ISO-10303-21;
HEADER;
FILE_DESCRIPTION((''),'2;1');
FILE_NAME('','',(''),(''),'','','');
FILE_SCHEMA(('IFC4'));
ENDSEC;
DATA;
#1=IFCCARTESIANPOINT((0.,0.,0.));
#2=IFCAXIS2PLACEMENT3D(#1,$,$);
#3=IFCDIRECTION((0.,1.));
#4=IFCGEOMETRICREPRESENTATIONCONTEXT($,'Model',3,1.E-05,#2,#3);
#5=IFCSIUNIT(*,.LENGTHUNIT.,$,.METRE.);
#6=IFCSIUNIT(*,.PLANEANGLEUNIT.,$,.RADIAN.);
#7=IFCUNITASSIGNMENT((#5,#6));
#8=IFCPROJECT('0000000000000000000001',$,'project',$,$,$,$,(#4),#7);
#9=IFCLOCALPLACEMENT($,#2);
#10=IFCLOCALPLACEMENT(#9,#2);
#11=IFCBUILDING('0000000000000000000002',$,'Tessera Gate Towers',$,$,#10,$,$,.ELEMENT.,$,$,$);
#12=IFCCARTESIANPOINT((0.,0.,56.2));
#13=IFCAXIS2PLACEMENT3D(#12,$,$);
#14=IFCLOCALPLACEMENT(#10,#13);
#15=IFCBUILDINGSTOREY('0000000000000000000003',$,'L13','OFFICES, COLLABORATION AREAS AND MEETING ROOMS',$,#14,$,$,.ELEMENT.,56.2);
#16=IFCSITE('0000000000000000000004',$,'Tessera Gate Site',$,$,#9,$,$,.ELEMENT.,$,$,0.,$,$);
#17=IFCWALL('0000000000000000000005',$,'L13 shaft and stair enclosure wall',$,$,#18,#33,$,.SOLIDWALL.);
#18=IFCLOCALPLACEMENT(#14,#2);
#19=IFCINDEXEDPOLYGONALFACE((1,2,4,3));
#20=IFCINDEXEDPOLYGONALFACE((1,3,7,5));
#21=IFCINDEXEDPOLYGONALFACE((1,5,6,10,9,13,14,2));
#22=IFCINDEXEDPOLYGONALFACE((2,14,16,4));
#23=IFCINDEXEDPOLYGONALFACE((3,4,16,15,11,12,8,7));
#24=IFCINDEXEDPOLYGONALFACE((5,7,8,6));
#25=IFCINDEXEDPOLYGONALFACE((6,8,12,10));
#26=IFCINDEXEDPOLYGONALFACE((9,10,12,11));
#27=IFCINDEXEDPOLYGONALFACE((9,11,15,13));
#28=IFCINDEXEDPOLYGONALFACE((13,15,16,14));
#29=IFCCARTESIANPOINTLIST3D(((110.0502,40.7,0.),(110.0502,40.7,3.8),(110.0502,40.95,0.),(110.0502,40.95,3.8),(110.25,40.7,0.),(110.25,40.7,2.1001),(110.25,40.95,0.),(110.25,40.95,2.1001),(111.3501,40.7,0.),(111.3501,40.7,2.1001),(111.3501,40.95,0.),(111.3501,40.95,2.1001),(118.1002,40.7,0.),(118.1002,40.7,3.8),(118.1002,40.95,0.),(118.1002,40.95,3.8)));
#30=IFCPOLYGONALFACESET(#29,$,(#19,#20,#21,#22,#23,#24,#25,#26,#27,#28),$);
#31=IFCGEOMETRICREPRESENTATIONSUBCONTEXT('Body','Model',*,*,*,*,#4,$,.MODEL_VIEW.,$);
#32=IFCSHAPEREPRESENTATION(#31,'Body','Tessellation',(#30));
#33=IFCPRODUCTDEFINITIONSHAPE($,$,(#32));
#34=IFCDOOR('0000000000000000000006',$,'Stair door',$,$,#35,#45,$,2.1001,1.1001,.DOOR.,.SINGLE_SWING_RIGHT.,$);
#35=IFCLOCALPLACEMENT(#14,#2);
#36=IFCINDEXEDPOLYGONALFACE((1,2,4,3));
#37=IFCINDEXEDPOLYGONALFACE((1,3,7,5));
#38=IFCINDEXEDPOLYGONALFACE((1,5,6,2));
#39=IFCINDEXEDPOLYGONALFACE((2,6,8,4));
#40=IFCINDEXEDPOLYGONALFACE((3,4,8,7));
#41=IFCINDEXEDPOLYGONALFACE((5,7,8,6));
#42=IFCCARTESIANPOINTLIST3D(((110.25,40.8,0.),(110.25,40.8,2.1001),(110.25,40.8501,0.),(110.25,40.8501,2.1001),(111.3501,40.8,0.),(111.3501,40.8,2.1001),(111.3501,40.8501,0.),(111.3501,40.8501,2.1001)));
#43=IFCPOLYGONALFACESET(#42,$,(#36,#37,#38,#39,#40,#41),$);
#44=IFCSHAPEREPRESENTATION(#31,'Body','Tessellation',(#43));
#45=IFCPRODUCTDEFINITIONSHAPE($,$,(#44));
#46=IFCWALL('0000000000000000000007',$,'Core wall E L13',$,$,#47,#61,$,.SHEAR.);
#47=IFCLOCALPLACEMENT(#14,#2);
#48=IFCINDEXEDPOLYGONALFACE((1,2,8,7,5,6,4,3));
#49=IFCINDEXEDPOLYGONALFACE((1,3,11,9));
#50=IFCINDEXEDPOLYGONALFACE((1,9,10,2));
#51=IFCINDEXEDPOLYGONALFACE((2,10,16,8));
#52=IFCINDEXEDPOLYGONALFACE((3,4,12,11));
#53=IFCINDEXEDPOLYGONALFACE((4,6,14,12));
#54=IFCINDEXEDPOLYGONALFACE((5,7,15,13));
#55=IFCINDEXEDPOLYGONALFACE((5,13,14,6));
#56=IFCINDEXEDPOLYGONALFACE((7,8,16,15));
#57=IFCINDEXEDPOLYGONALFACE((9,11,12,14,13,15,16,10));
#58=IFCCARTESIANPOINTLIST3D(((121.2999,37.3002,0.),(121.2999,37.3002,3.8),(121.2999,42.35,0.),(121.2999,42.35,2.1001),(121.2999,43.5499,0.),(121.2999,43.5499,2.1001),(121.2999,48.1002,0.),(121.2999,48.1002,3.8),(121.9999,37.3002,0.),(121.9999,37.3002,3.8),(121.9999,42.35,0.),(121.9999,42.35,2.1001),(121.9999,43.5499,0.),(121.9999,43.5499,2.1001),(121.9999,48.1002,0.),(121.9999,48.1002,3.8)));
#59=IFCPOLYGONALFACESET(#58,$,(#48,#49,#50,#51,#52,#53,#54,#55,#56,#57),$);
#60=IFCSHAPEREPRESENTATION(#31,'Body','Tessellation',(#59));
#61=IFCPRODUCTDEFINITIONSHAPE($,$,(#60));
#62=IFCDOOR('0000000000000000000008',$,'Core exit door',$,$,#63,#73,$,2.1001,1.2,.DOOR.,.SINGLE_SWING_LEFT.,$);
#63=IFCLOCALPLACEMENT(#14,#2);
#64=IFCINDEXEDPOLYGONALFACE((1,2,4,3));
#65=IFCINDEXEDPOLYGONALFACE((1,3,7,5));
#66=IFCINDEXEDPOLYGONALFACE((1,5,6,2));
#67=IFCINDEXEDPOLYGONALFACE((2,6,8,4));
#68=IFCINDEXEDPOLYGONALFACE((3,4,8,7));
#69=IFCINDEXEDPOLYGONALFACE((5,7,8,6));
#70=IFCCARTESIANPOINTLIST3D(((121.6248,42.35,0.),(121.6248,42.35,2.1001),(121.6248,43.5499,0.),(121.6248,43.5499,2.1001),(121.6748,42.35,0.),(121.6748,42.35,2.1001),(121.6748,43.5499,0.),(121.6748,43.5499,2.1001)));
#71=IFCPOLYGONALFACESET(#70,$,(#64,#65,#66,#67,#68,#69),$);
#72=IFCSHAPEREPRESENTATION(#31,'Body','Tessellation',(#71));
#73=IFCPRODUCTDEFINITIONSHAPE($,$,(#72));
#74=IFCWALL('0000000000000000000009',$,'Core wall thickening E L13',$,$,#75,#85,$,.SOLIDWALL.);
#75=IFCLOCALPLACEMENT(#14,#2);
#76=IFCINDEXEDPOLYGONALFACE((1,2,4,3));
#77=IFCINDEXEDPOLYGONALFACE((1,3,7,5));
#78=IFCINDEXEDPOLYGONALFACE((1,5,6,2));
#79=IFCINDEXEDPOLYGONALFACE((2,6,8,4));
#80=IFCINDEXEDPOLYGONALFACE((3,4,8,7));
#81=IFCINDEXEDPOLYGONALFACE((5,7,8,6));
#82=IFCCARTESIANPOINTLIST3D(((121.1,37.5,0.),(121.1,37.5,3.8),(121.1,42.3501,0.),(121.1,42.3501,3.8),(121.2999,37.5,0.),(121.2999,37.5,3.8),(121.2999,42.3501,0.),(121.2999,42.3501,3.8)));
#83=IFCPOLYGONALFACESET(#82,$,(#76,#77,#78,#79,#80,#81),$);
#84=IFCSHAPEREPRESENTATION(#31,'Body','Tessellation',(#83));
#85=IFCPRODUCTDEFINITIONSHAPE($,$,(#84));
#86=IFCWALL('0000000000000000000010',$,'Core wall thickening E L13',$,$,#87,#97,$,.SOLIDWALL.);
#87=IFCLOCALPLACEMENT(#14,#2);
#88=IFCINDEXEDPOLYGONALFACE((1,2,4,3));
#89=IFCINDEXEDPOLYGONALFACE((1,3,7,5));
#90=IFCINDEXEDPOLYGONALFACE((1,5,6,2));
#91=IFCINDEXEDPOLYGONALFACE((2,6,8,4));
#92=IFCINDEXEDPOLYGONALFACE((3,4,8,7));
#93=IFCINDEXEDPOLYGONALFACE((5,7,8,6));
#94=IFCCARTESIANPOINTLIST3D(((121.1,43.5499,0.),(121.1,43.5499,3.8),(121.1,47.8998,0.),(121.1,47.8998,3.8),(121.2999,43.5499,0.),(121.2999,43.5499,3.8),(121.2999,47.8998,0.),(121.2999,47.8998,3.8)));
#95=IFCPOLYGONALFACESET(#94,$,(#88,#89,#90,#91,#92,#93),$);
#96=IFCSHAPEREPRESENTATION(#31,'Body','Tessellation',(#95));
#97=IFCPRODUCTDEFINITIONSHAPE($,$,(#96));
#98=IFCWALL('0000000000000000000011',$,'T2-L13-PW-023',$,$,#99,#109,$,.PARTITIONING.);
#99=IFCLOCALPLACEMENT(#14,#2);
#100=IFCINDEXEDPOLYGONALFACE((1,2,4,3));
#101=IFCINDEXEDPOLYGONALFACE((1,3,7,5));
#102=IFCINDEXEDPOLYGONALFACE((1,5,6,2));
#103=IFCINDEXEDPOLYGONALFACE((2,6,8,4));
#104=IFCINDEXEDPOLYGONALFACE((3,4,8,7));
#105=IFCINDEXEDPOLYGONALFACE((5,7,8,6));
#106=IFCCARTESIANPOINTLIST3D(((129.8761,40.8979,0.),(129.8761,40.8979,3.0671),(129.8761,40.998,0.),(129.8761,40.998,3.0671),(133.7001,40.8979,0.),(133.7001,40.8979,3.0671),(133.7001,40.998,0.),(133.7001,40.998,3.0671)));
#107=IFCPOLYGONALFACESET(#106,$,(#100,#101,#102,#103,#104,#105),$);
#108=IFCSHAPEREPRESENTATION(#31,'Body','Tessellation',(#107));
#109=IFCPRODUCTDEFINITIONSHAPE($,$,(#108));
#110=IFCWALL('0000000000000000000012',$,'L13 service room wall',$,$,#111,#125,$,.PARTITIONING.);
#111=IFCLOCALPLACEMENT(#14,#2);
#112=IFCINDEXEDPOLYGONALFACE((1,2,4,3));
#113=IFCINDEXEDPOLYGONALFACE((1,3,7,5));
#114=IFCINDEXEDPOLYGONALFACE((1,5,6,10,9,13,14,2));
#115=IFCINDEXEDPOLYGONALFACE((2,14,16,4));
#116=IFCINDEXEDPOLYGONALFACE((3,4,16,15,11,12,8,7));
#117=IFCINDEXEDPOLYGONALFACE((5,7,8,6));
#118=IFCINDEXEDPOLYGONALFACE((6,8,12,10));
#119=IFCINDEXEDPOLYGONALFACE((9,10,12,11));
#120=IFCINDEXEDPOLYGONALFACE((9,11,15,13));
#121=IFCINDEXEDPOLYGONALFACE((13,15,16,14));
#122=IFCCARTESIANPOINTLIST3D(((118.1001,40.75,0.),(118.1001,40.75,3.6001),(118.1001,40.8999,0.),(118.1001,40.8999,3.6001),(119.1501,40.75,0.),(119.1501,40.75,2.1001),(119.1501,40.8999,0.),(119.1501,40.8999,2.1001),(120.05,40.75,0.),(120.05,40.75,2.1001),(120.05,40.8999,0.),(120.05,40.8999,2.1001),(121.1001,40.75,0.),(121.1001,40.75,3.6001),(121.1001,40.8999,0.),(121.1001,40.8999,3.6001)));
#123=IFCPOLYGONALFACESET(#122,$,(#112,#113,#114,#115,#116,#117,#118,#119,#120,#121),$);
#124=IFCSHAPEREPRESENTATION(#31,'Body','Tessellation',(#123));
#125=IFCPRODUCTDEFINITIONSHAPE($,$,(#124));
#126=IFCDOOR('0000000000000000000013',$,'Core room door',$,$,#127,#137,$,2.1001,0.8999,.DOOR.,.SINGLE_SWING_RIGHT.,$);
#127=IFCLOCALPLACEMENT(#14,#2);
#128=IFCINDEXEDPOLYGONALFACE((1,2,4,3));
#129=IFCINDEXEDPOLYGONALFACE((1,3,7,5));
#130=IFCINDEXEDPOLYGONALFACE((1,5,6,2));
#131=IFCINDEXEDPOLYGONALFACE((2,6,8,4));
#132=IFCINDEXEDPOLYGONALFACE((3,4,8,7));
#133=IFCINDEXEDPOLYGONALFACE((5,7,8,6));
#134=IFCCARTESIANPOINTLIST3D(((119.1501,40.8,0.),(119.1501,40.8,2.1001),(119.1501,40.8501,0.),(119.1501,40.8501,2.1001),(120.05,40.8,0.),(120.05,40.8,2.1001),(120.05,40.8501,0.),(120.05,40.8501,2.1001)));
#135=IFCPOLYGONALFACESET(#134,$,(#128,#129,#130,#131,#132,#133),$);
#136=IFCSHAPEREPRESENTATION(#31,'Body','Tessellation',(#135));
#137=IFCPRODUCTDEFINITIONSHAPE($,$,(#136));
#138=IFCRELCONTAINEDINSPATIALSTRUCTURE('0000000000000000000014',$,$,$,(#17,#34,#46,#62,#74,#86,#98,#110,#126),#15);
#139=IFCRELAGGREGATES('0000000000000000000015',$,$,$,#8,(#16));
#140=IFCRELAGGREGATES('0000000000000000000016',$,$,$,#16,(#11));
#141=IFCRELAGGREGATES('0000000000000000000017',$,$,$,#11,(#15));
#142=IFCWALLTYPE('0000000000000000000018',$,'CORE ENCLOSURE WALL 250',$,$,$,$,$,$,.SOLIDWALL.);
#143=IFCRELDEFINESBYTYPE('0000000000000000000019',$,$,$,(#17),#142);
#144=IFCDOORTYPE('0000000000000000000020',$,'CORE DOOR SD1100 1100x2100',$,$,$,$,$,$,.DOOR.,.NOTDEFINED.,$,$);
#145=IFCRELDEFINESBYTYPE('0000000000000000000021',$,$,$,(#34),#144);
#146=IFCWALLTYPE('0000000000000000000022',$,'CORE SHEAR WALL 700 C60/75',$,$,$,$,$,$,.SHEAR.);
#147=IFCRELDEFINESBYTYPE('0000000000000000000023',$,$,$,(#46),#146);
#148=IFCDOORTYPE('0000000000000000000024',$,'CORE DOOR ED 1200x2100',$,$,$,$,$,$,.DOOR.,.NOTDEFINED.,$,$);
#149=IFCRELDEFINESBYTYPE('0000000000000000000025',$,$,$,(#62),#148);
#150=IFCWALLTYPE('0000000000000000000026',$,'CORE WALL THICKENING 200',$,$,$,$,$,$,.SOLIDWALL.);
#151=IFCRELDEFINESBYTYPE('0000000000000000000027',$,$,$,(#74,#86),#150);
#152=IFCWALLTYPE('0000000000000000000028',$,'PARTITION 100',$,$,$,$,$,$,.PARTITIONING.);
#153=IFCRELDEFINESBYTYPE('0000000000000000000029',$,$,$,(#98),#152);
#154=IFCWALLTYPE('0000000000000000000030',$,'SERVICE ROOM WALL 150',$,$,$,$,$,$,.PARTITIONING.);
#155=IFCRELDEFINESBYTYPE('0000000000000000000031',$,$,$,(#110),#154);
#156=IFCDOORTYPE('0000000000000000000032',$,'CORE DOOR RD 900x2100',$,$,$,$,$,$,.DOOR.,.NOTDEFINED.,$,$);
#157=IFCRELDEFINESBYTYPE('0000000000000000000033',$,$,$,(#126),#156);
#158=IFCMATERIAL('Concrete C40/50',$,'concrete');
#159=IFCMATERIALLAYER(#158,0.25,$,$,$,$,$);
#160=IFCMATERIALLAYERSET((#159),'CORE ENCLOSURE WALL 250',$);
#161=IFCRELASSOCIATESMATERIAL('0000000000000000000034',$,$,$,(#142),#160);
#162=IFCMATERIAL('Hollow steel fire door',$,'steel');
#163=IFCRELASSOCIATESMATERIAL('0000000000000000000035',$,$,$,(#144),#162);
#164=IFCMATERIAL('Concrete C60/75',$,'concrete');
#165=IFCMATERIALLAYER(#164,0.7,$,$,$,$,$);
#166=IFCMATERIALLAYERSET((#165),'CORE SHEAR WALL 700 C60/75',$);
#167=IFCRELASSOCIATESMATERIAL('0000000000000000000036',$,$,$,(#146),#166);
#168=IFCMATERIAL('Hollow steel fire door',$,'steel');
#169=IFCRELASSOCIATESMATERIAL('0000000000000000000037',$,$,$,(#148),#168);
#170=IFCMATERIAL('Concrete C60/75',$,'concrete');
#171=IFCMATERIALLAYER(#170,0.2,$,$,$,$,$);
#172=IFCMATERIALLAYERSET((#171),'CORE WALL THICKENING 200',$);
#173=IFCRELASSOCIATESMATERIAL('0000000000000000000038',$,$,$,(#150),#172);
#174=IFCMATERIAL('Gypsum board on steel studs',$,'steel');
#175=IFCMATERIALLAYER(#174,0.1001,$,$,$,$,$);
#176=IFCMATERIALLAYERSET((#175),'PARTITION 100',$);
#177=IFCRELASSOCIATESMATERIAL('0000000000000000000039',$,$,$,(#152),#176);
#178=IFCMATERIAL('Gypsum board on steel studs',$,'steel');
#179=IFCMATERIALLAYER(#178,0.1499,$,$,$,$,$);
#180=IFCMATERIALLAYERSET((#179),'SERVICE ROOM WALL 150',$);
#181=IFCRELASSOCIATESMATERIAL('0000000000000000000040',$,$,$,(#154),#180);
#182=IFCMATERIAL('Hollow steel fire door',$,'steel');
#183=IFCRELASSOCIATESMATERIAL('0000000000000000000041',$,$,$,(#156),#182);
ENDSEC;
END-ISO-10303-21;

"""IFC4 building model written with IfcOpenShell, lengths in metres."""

from ifc_helpers import new_model, si_unit, direction, frame, frame_2d, origin, place, context, subcontext, project, spatial, rectangle, extrude, source, transform, mapped, material, layer, layer_set, type_object, element, fill, save


model = new_model("IFC4")

# Units and contexts
model_context = context("Model", 3, precision=1e-05, world=origin(), true_north=direction((0.0, 1.0)))
body_context = subcontext(model_context, "Body", "Model", "MODEL_VIEW")
ifc_project = project(units=[si_unit("LENGTHUNIT", "METRE"), si_unit("PLANEANGLEUNIT", "RADIAN")], contexts=[model_context])

# Site, building, storey
site_placement = place(None, origin())
site = spatial("IfcSite", under=ifc_project, at=site_placement, Name="Tessera Gate Site", CompositionType="ELEMENT", RefElevation=0.0)
building_placement = place(site_placement, origin())
building = spatial("IfcBuilding", under=site, at=building_placement, Name="Tessera Gate Towers", CompositionType="ELEMENT")
storey_placement = place(building_placement, frame((0.0, 0.0, 56.2)))
storey = spatial("IfcBuildingStorey", under=building, at=storey_placement, Name="L13", Description="OFFICES, COLLABORATION AREAS AND MEETING ROOMS", CompositionType="ELEMENT", Elevation=56.2)

# Walls, openings, doors
ifc_material_1 = material(Name="Concrete C40/50", Category="concrete")
ifc_layer_1 = layer(ifc_material_1, 0.25)
ifc_layer_set_1 = layer_set([ifc_layer_1], Name="CORE ENCLOSURE WALL 250")
wall_type_1 = type_object("IfcWallType", Name="CORE ENCLOSURE WALL 250", PredefinedType="SOLIDWALL", material=ifc_layer_set_1)
wall_1_placement = place(storey_placement, frame((118.1001, 40.825, 0.0), z_axis=(0.0, 0.0, 1.0), x_axis=(-1.0, 0.0, 0.0)))
wall_1 = element("IfcWall", 1, at=wall_1_placement, inside=storey, type_object=wall_type_1, Name="L13 shaft and stair enclosure wall", PredefinedType="SOLIDWALL", context=body_context, shape_type="SweptSolid", body=[
    extrude(rectangle(XDim=8.05, YDim=0.25, at=frame_2d((4.0249, 0.0))), origin(), (0.0, 0.0, 1.0), 3.8),
])
shared_shape_1 = source(origin(), body_context, "Body", "SweptSolid", [
    extrude(rectangle(XDim=1.1001, YDim=2.1001, at=frame_2d((0.55, 1.05))), frame((0.0, 0.135, 0.0), z_axis=(0.0, -1.0, 0.0), x_axis=(1.0, 0.0, 0.0)), (0.0, 0.0, 1.0), 0.27),
])
opening_1_placement = place(wall_1_placement, frame((6.75, 0.0, 0.0)))
opening_1 = element("IfcOpeningElement", 2, at=opening_1_placement, cuts=wall_1, PredefinedType="OPENING", context=body_context, shape_type="MappedRepresentation", body=[
    mapped(shared_shape_1, transform((0.0, 0.0, 0.0), scale=1.0)),
])
ifc_material_2 = material(Name="Hollow steel fire door", Category="steel")
door_type_1 = type_object("IfcDoorType", Name="CORE DOOR SD1100 1100x2100", OperationType="NOTDEFINED", PredefinedType="DOOR", material=ifc_material_2)
shared_shape_2 = source(origin(), body_context, "Body", "SweptSolid", [
    extrude(rectangle(XDim=1.1001, YDim=2.1001, at=frame_2d((0.55, 1.05))), frame((0.0, 0.0249, 0.0), z_axis=(0.0, -1.0, 0.0), x_axis=(1.0, 0.0, 0.0)), (0.0, 0.0, 1.0), 0.05),
])
door_1_placement = place(opening_1_placement, origin())
door_1 = element("IfcDoor", 3, at=door_1_placement, inside=storey, type_object=door_type_1, Name="Stair door", OperationType="SINGLE_SWING_RIGHT", OverallHeight=2.1001, OverallWidth=1.1001, PredefinedType="DOOR", context=body_context, shape_type="MappedRepresentation", body=[
    mapped(shared_shape_2, transform((0.0, 0.0, 0.0), scale=1.0)),
])
fill(opening_1, door_1)
ifc_material_3 = material(Name="Concrete C60/75", Category="concrete")
ifc_layer_2 = layer(ifc_material_3, 0.7)
ifc_layer_set_2 = layer_set([ifc_layer_2], Name="CORE SHEAR WALL 700 C60/75")
wall_type_2 = type_object("IfcWallType", Name="CORE SHEAR WALL 700 C60/75", PredefinedType="SHEAR", material=ifc_layer_set_2)
wall_2_placement = place(storey_placement, frame((121.6499, 48.1001, 0.0), z_axis=(0.0, 0.0, 1.0), x_axis=(0.0, -1.0, 0.0)))
wall_2 = element("IfcWall", 4, at=wall_2_placement, inside=storey, type_object=wall_type_2, Name="Core wall E L13", PredefinedType="SHEAR", context=body_context, shape_type="SweptSolid", body=[
    extrude(rectangle(XDim=10.8, YDim=0.7, at=frame_2d((5.3999, 0.0))), origin(), (0.0, 0.0, 1.0), 3.8),
])
shared_shape_3 = source(origin(), body_context, "Body", "SweptSolid", [
    extrude(rectangle(XDim=1.2, YDim=2.1001, at=frame_2d((0.6001, 1.05))), frame((0.0, 0.3599, 0.0), z_axis=(0.0, -1.0, 0.0), x_axis=(1.0, 0.0, 0.0)), (0.0, 0.0, 1.0), 0.72),
])
opening_2_placement = place(wall_2_placement, frame((4.55, 0.0, 0.0)))
opening_2 = element("IfcOpeningElement", 5, at=opening_2_placement, cuts=wall_2, PredefinedType="OPENING", context=body_context, shape_type="MappedRepresentation", body=[
    mapped(shared_shape_3, transform((0.0, 0.0, 0.0), scale=1.0)),
])
ifc_material_4 = material(Name="Hollow steel fire door", Category="steel")
door_type_2 = type_object("IfcDoorType", Name="CORE DOOR ED 1200x2100", OperationType="NOTDEFINED", PredefinedType="DOOR", material=ifc_material_4)
shared_shape_4 = source(origin(), body_context, "Body", "SweptSolid", [
    extrude(rectangle(XDim=1.2, YDim=2.1001, at=frame_2d((0.6001, 1.05))), frame((0.0, 0.0249, 0.0), z_axis=(0.0, -1.0, 0.0), x_axis=(1.0, 0.0, 0.0)), (0.0, 0.0, 1.0), 0.05),
])
door_2_placement = place(opening_2_placement, origin())
door_2 = element("IfcDoor", 6, at=door_2_placement, inside=storey, type_object=door_type_2, Name="Core exit door", OperationType="SINGLE_SWING_LEFT", OverallHeight=2.1001, OverallWidth=1.2, PredefinedType="DOOR", context=body_context, shape_type="MappedRepresentation", body=[
    mapped(shared_shape_4, transform((0.0, 0.0, 0.0), scale=1.0)),
])
fill(opening_2, door_2)

# Walls
ifc_material_5 = material(Name="Concrete C60/75", Category="concrete")
ifc_layer_3 = layer(ifc_material_5, 0.2)
ifc_layer_set_3 = layer_set([ifc_layer_3], Name="CORE WALL THICKENING 200")
wall_type_3 = type_object("IfcWallType", Name="CORE WALL THICKENING 200", PredefinedType="SOLIDWALL", material=ifc_layer_set_3)
wall_3_placement = place(storey_placement, frame((121.2, 37.5, 0.0), z_axis=(0.0, 0.0, 1.0), x_axis=(0.0, 1.0, 0.0)))
element("IfcWall", 7, at=wall_3_placement, inside=storey, type_object=wall_type_3, Name="Core wall thickening E L13", PredefinedType="SOLIDWALL", context=body_context, shape_type="SweptSolid", body=[
    extrude(rectangle(XDim=4.8501, YDim=0.2, at=frame_2d((2.425, 0.0))), origin(), (0.0, 0.0, 1.0), 3.8),
])
wall_4_placement = place(storey_placement, frame((121.2, 43.55, 0.0), z_axis=(0.0, 0.0, 1.0), x_axis=(0.0, 1.0, 0.0)))
element("IfcWall", 8, at=wall_4_placement, inside=storey, type_object=wall_type_3, Name="Core wall thickening E L13", PredefinedType="SOLIDWALL", context=body_context, shape_type="SweptSolid", body=[
    extrude(rectangle(XDim=4.3499, YDim=0.2, at=frame_2d((2.1748, 0.0))), origin(), (0.0, 0.0, 1.0), 3.8),
])
ifc_material_6 = material(Name="Gypsum board on steel studs", Category="steel")
ifc_layer_4 = layer(ifc_material_6, 0.1001)
ifc_layer_set_4 = layer_set([ifc_layer_4], Name="PARTITION 100")
wall_type_4 = type_object("IfcWallType", Name="PARTITION 100", PredefinedType="PARTITIONING", material=ifc_layer_set_4)
wall_5_placement = place(storey_placement, frame((129.876, 40.948, 0.0), z_axis=(0.0, 0.0, 1.0), x_axis=(1.0, 0.0, 0.0)))
element("IfcWall", 9, at=wall_5_placement, inside=storey, type_object=wall_type_4, Name="T2-L13-PW-023", PredefinedType="PARTITIONING", context=body_context, shape_type="SweptSolid", body=[
    extrude(rectangle(XDim=3.824, YDim=0.1001, at=frame_2d((1.9121, 0.0))), origin(), (0.0, 0.0, 1.0), 3.0671),
])

# Wall, opening, door
ifc_material_7 = material(Name="Gypsum board on steel studs", Category="steel")
ifc_layer_5 = layer(ifc_material_7, 0.1499)
ifc_layer_set_5 = layer_set([ifc_layer_5], Name="SERVICE ROOM WALL 150")
wall_type_5 = type_object("IfcWallType", Name="SERVICE ROOM WALL 150", PredefinedType="PARTITIONING", material=ifc_layer_set_5)
wall_6_placement = place(storey_placement, frame((121.1001, 40.825, 0.0), z_axis=(0.0, 0.0, 1.0), x_axis=(-1.0, 0.0, 0.0)))
wall_6 = element("IfcWall", 10, at=wall_6_placement, inside=storey, type_object=wall_type_5, Name="L13 service room wall", PredefinedType="PARTITIONING", context=body_context, shape_type="SweptSolid", body=[
    extrude(rectangle(XDim=3.0, YDim=0.1499, at=frame_2d((1.5, 0.0))), origin(), (0.0, 0.0, 1.0), 3.6001),
])
shared_shape_5 = source(origin(), body_context, "Body", "SweptSolid", [
    extrude(rectangle(XDim=0.8999, YDim=2.1001, at=frame_2d((0.45, 1.05))), frame((0.0, 0.085, 0.0), z_axis=(0.0, -1.0, 0.0), x_axis=(1.0, 0.0, 0.0)), (0.0, 0.0, 1.0), 0.1699),
])
opening_3_placement = place(wall_6_placement, frame((1.05, 0.0, 0.0)))
opening_3 = element("IfcOpeningElement", 11, at=opening_3_placement, cuts=wall_6, PredefinedType="OPENING", context=body_context, shape_type="MappedRepresentation", body=[
    mapped(shared_shape_5, transform((0.0, 0.0, 0.0), scale=1.0)),
])
ifc_material_8 = material(Name="Hollow steel fire door", Category="steel")
door_type_3 = type_object("IfcDoorType", Name="CORE DOOR RD 900x2100", OperationType="NOTDEFINED", PredefinedType="DOOR", material=ifc_material_8)
shared_shape_6 = source(origin(), body_context, "Body", "SweptSolid", [
    extrude(rectangle(XDim=0.8999, YDim=2.1001, at=frame_2d((0.45, 1.05))), frame((0.0, 0.0249, 0.0), z_axis=(0.0, -1.0, 0.0), x_axis=(1.0, 0.0, 0.0)), (0.0, 0.0, 1.0), 0.05),
])
door_3_placement = place(opening_3_placement, origin())
door_3 = element("IfcDoor", 12, at=door_3_placement, inside=storey, type_object=door_type_3, Name="Core room door", OperationType="SINGLE_SWING_RIGHT", OverallHeight=2.1001, OverallWidth=0.8999, PredefinedType="DOOR", context=body_context, shape_type="MappedRepresentation", body=[
    mapped(shared_shape_6, transform((0.0, 0.0, 0.0), scale=1.0)),
])
fill(opening_3, door_3)

save(model, "model.ifc")
